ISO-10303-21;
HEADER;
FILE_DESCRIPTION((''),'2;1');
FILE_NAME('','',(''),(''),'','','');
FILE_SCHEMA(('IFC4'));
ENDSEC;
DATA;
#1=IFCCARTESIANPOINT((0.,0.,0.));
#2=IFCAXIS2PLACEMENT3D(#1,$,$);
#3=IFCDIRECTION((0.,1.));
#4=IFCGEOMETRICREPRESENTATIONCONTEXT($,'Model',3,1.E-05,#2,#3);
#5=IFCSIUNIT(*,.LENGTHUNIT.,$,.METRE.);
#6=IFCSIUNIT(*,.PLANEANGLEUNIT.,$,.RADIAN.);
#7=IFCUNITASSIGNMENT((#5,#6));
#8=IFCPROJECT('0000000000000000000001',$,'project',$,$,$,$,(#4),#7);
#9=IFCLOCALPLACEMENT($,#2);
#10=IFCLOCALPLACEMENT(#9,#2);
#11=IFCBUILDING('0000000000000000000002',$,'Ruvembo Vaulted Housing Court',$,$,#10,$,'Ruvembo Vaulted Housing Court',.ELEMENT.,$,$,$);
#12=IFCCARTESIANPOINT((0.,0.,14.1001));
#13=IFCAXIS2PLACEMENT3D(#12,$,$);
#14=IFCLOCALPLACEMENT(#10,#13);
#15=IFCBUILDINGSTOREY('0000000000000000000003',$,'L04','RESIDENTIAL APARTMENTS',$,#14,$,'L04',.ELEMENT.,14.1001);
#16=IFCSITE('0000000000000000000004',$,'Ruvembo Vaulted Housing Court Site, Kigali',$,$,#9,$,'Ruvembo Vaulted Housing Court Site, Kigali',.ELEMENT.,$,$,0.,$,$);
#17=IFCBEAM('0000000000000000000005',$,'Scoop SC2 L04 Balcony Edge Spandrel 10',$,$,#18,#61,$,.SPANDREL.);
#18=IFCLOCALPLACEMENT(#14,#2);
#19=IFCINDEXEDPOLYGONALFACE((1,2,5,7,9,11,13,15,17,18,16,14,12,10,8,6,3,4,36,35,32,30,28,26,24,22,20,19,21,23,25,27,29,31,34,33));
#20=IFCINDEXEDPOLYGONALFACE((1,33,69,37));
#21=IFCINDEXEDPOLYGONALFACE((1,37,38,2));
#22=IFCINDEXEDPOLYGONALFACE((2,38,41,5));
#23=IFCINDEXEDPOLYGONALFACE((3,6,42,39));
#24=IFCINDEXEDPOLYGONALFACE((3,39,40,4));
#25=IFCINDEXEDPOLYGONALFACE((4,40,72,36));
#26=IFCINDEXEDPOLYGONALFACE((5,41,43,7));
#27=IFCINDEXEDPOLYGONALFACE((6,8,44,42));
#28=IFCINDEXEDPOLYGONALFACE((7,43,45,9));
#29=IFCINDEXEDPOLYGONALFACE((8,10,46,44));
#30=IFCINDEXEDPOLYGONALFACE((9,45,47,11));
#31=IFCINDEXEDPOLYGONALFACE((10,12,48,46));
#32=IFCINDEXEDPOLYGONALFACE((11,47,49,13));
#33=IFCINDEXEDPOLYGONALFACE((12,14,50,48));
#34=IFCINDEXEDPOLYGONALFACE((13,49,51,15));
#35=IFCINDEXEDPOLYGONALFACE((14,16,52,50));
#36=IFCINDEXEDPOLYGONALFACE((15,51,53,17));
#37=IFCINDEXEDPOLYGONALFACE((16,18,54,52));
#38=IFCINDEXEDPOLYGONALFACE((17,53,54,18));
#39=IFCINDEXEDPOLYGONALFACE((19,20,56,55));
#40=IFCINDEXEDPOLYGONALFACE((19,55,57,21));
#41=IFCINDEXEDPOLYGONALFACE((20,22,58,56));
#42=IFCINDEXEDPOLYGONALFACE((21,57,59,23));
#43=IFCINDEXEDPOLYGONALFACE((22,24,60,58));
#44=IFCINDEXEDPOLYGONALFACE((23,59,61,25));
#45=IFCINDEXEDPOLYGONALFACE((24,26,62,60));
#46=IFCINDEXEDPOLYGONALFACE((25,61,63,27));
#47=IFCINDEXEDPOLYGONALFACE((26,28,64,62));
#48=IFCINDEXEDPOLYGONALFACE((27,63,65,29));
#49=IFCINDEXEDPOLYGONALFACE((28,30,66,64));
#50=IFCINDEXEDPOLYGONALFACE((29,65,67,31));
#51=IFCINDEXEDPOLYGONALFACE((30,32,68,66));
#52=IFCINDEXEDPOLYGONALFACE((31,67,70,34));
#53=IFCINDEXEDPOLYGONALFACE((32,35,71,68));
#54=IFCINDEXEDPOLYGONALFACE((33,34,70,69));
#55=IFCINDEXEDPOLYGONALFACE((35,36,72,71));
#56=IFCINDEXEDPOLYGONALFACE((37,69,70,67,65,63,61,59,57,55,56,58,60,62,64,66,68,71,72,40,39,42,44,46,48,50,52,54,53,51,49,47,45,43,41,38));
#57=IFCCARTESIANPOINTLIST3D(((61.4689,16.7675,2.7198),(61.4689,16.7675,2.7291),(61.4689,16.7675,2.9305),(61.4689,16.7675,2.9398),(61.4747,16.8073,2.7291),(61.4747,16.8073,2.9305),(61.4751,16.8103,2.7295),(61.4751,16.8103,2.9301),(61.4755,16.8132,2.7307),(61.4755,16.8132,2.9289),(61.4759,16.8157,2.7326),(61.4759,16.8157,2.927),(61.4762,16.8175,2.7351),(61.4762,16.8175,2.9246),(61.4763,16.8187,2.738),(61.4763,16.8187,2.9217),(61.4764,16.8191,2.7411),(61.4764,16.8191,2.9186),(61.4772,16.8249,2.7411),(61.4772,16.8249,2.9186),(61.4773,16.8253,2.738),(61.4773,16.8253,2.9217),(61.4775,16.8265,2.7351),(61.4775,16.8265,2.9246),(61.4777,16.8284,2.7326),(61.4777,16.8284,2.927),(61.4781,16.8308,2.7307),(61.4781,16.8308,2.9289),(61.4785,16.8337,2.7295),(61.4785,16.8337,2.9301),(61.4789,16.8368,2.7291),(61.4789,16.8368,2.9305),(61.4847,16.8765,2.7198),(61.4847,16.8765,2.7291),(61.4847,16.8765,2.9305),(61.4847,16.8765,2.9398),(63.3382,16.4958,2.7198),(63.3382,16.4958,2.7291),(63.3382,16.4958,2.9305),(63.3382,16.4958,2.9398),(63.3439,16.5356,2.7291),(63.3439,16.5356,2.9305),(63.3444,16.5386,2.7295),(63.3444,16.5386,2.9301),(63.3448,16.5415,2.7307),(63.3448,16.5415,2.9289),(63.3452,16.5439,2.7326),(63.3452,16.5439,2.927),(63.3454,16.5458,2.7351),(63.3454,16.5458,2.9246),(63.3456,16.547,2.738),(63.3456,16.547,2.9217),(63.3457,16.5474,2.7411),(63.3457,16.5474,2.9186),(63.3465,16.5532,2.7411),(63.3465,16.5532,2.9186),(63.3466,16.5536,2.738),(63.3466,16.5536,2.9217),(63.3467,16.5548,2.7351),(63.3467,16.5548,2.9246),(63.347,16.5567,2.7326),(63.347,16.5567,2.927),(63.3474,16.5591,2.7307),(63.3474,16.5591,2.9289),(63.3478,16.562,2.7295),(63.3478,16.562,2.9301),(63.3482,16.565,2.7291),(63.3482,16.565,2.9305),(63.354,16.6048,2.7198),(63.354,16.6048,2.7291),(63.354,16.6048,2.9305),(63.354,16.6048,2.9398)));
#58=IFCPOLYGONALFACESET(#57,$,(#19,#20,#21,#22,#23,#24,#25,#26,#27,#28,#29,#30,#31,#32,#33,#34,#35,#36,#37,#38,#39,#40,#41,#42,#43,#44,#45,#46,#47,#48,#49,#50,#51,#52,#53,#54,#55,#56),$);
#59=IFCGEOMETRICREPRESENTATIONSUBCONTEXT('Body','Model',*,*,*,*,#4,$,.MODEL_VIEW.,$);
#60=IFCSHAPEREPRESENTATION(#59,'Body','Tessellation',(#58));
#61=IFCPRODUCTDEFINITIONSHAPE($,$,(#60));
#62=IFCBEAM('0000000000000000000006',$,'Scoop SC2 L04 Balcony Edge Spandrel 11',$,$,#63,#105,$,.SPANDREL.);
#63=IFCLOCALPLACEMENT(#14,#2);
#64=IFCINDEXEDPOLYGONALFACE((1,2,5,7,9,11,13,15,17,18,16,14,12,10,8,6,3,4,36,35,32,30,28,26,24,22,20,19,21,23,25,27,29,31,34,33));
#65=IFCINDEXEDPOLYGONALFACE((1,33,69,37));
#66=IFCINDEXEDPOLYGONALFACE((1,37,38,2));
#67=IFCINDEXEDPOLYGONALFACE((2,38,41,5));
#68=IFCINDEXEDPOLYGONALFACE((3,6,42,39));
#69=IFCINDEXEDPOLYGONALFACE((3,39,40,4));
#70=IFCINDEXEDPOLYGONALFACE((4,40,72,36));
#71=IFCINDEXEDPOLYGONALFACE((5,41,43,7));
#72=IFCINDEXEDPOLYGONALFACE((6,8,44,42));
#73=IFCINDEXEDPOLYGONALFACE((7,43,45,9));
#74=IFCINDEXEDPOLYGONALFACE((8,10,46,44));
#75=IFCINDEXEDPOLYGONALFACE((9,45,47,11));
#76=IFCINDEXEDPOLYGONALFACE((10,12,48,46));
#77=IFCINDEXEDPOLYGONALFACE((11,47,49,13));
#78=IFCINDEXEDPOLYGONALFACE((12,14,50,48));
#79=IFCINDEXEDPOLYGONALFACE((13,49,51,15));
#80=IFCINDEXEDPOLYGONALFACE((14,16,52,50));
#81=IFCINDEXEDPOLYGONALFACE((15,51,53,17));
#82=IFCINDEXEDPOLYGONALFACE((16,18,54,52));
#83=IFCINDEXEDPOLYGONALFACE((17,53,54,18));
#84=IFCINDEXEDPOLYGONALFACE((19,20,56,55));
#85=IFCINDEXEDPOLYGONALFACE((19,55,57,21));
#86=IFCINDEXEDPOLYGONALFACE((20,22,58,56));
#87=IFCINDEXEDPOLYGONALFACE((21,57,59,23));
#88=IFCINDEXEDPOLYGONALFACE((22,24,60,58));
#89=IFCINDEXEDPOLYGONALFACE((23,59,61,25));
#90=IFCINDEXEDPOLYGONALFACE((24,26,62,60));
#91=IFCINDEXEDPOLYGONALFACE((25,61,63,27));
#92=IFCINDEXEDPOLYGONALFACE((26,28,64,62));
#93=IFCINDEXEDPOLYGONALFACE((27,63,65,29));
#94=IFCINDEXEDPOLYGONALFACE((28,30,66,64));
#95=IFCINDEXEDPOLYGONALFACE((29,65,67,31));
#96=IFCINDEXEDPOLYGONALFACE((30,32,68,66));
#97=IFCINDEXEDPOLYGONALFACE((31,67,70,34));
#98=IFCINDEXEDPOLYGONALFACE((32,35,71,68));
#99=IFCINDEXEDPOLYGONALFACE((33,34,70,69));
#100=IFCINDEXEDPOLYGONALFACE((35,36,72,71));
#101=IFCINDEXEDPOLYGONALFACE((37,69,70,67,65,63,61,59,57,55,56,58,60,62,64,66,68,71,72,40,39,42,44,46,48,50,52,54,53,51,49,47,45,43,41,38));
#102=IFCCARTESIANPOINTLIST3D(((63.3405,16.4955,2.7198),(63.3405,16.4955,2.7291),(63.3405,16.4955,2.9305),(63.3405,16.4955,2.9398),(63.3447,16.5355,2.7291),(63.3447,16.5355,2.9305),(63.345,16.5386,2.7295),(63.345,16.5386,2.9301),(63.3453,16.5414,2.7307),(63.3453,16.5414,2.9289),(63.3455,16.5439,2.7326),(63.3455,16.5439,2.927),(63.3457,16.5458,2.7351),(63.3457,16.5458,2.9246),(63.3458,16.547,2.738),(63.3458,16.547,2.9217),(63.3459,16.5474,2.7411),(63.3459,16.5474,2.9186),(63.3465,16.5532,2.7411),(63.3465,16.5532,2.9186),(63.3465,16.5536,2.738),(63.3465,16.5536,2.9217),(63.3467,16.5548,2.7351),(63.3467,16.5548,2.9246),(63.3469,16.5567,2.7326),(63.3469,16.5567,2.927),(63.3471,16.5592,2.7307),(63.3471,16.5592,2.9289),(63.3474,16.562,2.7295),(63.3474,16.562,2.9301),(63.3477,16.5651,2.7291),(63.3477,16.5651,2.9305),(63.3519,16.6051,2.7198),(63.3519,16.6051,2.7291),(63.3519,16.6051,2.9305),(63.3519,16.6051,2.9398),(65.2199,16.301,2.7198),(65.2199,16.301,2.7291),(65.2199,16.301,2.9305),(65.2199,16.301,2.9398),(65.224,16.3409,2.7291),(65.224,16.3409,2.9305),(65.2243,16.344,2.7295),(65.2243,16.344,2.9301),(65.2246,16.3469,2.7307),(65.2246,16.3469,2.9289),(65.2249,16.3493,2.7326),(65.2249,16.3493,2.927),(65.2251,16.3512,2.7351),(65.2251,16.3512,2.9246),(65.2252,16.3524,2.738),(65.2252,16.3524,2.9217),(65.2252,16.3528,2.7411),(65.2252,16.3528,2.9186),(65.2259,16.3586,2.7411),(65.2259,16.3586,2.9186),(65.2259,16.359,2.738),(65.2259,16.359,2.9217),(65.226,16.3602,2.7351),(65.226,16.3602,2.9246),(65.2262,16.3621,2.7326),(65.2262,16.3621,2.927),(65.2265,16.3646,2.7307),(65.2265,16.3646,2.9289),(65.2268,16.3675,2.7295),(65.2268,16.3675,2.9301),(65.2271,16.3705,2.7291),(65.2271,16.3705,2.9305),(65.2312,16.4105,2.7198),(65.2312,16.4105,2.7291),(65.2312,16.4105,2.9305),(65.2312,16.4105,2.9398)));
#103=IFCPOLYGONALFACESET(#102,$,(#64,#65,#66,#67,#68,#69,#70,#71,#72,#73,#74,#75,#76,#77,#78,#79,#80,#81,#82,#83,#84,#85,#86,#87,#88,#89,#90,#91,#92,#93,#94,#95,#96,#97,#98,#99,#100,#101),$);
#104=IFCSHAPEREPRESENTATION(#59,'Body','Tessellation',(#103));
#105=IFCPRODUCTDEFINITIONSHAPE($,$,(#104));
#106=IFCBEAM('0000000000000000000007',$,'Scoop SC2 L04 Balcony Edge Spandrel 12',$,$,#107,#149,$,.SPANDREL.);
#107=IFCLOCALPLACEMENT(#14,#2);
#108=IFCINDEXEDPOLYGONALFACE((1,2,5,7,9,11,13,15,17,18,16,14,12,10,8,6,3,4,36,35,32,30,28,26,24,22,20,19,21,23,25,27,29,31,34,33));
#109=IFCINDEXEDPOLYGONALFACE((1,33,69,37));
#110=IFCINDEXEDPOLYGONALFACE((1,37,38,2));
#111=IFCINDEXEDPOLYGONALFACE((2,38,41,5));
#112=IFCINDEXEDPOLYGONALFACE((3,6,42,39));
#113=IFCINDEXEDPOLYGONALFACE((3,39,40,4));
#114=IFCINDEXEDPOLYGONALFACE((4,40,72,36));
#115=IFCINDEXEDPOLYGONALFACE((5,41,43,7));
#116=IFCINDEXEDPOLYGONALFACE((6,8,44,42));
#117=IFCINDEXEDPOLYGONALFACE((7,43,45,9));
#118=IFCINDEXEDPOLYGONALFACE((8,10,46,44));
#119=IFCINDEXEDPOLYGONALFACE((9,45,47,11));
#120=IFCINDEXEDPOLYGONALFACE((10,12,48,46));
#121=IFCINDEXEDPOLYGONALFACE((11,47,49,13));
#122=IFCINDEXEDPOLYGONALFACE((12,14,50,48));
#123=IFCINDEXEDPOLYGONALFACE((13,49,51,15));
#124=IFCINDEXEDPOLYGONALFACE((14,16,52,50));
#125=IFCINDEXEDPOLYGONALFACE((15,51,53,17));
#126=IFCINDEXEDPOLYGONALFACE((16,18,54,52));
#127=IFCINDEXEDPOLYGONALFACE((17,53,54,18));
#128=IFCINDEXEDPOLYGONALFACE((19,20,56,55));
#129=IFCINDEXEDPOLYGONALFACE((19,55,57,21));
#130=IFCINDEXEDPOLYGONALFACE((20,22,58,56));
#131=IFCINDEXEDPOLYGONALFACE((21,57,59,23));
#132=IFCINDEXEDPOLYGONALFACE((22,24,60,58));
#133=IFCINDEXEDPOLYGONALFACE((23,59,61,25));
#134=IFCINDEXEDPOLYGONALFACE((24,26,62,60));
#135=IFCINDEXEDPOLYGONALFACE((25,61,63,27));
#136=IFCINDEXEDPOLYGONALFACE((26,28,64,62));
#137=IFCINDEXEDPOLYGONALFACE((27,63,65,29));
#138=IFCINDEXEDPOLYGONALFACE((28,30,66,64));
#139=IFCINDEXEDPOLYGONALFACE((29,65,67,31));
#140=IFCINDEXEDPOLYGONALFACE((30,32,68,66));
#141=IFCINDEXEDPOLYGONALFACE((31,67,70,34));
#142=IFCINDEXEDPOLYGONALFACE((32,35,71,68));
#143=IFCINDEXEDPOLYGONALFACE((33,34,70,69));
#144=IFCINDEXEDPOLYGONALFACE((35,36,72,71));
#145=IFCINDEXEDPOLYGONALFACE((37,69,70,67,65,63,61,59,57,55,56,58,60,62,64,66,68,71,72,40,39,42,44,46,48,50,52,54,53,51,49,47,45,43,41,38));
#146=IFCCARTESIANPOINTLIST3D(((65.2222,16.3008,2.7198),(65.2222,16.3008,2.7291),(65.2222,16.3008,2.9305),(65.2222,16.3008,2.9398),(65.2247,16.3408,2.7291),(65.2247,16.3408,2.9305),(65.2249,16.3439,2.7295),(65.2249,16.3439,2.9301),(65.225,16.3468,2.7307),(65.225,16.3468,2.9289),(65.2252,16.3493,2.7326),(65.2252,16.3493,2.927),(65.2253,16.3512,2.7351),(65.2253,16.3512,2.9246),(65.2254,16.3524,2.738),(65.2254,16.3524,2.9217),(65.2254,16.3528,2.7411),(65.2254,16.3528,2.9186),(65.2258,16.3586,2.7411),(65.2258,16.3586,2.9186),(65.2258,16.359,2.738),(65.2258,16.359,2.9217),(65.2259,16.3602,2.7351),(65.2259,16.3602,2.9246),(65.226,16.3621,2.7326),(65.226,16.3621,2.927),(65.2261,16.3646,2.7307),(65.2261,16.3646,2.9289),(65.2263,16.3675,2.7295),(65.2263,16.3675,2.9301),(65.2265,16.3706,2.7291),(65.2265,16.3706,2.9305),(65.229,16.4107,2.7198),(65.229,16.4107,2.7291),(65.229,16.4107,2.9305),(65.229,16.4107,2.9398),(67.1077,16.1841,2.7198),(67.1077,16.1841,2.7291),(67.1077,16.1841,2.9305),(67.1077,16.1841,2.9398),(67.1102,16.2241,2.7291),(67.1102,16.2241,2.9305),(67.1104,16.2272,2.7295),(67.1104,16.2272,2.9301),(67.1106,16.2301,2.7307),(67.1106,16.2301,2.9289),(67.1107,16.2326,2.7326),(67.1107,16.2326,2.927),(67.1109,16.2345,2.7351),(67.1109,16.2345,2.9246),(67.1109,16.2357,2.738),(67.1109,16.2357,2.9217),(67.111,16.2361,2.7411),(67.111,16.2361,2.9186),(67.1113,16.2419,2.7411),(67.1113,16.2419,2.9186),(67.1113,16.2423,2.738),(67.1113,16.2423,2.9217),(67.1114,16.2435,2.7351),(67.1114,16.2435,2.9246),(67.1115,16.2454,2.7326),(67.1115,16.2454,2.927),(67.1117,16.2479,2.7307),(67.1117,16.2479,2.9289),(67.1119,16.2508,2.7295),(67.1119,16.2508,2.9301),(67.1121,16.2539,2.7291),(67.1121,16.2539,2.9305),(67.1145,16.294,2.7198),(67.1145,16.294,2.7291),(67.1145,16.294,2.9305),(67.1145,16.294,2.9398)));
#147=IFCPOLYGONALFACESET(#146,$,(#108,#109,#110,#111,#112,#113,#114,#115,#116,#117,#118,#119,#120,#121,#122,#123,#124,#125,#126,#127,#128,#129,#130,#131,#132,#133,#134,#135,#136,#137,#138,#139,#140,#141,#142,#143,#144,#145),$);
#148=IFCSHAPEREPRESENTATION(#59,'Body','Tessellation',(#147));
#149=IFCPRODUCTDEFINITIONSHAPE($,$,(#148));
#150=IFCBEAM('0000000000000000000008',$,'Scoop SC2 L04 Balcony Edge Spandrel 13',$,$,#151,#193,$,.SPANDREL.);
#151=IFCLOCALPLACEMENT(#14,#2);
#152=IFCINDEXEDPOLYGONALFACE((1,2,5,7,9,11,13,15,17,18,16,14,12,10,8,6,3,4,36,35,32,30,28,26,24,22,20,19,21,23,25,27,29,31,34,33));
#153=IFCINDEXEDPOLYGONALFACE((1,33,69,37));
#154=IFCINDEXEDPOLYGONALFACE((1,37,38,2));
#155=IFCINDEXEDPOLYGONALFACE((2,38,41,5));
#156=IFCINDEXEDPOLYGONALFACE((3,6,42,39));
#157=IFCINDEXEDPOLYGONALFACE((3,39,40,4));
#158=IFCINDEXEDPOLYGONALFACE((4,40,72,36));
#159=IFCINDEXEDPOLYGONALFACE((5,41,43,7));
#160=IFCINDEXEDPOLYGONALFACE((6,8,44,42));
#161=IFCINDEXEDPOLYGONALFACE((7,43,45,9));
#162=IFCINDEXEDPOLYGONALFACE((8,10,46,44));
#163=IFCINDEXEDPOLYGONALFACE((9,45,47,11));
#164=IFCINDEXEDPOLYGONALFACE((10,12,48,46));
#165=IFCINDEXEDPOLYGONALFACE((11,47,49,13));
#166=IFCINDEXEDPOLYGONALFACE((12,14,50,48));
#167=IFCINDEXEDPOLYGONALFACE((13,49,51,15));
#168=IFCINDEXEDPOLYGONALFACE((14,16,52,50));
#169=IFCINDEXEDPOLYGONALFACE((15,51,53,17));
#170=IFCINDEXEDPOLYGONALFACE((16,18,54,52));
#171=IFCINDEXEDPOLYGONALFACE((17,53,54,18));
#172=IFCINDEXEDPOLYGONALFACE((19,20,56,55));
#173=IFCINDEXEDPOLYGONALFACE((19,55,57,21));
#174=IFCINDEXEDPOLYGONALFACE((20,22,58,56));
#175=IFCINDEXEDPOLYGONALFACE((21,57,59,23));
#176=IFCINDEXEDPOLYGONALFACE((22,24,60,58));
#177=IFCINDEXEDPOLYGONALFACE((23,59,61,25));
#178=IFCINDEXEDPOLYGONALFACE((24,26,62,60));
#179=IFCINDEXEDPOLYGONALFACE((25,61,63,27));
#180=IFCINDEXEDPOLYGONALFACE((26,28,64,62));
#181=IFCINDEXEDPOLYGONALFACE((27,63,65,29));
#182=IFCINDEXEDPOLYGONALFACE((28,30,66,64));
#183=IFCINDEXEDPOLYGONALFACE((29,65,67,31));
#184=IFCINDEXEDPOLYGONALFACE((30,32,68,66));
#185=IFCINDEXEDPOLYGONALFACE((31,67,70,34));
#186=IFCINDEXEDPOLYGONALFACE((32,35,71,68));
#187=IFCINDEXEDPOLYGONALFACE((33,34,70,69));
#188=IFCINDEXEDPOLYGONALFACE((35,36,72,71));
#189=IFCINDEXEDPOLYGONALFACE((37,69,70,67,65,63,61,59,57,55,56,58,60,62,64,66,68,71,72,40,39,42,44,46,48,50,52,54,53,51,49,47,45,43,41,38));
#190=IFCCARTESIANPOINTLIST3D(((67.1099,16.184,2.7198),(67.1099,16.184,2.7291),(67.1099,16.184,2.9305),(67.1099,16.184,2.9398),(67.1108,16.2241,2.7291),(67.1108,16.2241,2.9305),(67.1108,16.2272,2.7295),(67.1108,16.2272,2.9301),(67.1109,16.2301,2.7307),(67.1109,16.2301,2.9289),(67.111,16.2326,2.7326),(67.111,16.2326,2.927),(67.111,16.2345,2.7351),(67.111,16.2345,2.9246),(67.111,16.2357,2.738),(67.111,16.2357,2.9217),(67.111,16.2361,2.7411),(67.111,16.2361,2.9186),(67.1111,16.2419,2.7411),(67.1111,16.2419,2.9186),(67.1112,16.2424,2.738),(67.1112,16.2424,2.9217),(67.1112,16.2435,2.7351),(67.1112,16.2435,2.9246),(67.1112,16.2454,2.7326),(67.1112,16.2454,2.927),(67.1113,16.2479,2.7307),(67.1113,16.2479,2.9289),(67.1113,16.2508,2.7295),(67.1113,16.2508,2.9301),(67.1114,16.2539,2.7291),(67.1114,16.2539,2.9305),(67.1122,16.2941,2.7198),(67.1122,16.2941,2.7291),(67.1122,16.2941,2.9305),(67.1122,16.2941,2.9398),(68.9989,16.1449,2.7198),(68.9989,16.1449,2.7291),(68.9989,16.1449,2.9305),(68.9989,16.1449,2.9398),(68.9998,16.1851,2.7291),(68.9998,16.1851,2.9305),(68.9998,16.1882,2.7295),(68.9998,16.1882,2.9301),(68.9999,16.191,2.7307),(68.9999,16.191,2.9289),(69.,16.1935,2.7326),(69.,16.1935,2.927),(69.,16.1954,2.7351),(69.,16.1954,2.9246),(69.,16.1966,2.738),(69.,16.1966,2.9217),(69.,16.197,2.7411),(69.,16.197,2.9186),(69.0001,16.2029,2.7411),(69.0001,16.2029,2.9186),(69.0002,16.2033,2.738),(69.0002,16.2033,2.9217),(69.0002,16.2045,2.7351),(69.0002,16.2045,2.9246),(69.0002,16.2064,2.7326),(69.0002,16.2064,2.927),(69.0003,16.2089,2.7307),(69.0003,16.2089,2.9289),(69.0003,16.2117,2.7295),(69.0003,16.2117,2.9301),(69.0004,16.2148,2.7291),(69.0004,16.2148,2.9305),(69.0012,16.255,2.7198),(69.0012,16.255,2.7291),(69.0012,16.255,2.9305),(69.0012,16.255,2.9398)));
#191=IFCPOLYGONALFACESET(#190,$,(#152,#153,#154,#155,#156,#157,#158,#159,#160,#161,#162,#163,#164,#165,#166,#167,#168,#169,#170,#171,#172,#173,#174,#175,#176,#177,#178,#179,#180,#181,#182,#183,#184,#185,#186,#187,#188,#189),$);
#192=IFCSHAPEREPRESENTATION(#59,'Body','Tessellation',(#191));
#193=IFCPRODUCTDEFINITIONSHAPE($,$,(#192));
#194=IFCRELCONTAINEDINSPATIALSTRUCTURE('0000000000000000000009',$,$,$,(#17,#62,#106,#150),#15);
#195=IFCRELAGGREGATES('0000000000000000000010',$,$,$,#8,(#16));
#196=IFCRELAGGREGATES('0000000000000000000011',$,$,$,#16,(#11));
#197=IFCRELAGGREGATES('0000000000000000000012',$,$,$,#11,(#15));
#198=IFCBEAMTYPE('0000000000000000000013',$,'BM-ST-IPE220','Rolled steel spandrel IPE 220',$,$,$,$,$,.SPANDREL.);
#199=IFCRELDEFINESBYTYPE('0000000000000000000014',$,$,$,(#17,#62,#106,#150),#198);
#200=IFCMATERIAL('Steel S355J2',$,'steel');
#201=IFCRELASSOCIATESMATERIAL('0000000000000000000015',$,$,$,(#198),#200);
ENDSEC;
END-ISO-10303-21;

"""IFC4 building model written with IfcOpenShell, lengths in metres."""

from ifc_helpers import new_model, si_unit, direction, frame, origin, origin_2d, place, context, subcontext, project, spatial, i_section, extrude, material, material_profile, profile_set, type_object, element, save


model = new_model("IFC4")

# Units and contexts
model_context = context("Model", 3, precision=1e-05, world=origin(), true_north=direction((0.0, 1.0)))
body_context = subcontext(model_context, "Body", "Model", "MODEL_VIEW")
ifc_project = project(units=[si_unit("LENGTHUNIT", "METRE"), si_unit("PLANEANGLEUNIT", "RADIAN")], contexts=[model_context])

# Site, building, storey
site_placement = place(None, origin())
site = spatial("IfcSite", under=ifc_project, at=site_placement, Name="Ruvembo Vaulted Housing Court Site, Kigali", LongName="Ruvembo Vaulted Housing Court Site, Kigali", CompositionType="ELEMENT", RefElevation=0.0)
building_placement = place(site_placement, origin())
building = spatial("IfcBuilding", under=site, at=building_placement, Name="Ruvembo Vaulted Housing Court", LongName="Ruvembo Vaulted Housing Court", CompositionType="ELEMENT")
storey_placement = place(building_placement, frame((0.0, 0.0, 14.1001)))
storey = spatial("IfcBuildingStorey", under=building, at=storey_placement, Name="L04", Description="RESIDENTIAL APARTMENTS", LongName="L04", CompositionType="ELEMENT", Elevation=14.1001)

# Beams
ifc_material_1 = material(Name="Steel S355J2", Category="steel")
ifc_material_profile_1 = material_profile(ifc_material_1, i_section(OverallWidth=0.1101, OverallDepth=0.22, WebThickness=0.0059, FlangeThickness=0.0093, FilletRadius=0.012, at=origin_2d()), Name="IPE 220")
ifc_profile_set_1 = profile_set([ifc_material_profile_1], Name="Steel S355J2")
beam_type = type_object("IfcBeamType", Name="BM-ST-IPE220", Description="Rolled steel spandrel IPE 220", PredefinedType="SPANDREL", material=ifc_profile_set_1)
beam_1_placement = place(storey_placement, frame((61.4768, 16.822, 2.8298), z_axis=(0.9896, -0.143845, 0.0), x_axis=(0.143845, 0.9896, 0.0)))
element("IfcBeam", 1, at=beam_1_placement, inside=storey, type_object=beam_type, Name="Scoop SC2 L04 Balcony Edge Spandrel 10", PredefinedType="SPANDREL", context=body_context, shape_type="SweptSolid", body=[
    extrude(i_section(OverallWidth=0.1101, OverallDepth=0.22, WebThickness=0.0059, FlangeThickness=0.0093, FilletRadius=0.012, at=origin_2d()), origin(), (0.0, 0.0, 1.0), 1.8889),
])
beam_2_placement = place(storey_placement, frame((63.3462, 16.5503, 2.8298), z_axis=(0.994683, -0.102983, 0.0), x_axis=(0.102983, 0.994683, 0.0)))
element("IfcBeam", 2, at=beam_2_placement, inside=storey, type_object=beam_type, Name="Scoop SC2 L04 Balcony Edge Spandrel 11", PredefinedType="SPANDREL", context=body_context, shape_type="SweptSolid", body=[
    extrude(i_section(OverallWidth=0.1101, OverallDepth=0.22, WebThickness=0.0059, FlangeThickness=0.0093, FilletRadius=0.012, at=origin_2d()), origin(), (0.0, 0.0, 1.0), 1.8894),
])
beam_3_placement = place(storey_placement, frame((65.2256, 16.3557, 2.8298), z_axis=(0.99809, -0.061775, 0.0), x_axis=(0.061775, 0.99809, 0.0)))
element("IfcBeam", 3, at=beam_3_placement, inside=storey, type_object=beam_type, Name="Scoop SC2 L04 Balcony Edge Spandrel 12", PredefinedType="SPANDREL", context=body_context, shape_type="SweptSolid", body=[
    extrude(i_section(OverallWidth=0.1101, OverallDepth=0.22, WebThickness=0.0059, FlangeThickness=0.0093, FilletRadius=0.012, at=origin_2d()), origin(), (0.0, 0.0, 1.0), 1.8892),
])
beam_4_placement = place(storey_placement, frame((67.1111, 16.239, 2.8298), z_axis=(0.999786, -0.020675, 0.0), x_axis=(0.020675, 0.999786, 0.0)))
element("IfcBeam", 4, at=beam_4_placement, inside=storey, type_object=beam_type, Name="Scoop SC2 L04 Balcony Edge Spandrel 13", PredefinedType="SPANDREL", context=body_context, shape_type="SweptSolid", body=[
    extrude(i_section(OverallWidth=0.1101, OverallDepth=0.22, WebThickness=0.0059, FlangeThickness=0.0093, FilletRadius=0.012, at=origin_2d()), origin(), (0.0, 0.0, 1.0), 1.8894),
])

save(model, "model.ifc")
